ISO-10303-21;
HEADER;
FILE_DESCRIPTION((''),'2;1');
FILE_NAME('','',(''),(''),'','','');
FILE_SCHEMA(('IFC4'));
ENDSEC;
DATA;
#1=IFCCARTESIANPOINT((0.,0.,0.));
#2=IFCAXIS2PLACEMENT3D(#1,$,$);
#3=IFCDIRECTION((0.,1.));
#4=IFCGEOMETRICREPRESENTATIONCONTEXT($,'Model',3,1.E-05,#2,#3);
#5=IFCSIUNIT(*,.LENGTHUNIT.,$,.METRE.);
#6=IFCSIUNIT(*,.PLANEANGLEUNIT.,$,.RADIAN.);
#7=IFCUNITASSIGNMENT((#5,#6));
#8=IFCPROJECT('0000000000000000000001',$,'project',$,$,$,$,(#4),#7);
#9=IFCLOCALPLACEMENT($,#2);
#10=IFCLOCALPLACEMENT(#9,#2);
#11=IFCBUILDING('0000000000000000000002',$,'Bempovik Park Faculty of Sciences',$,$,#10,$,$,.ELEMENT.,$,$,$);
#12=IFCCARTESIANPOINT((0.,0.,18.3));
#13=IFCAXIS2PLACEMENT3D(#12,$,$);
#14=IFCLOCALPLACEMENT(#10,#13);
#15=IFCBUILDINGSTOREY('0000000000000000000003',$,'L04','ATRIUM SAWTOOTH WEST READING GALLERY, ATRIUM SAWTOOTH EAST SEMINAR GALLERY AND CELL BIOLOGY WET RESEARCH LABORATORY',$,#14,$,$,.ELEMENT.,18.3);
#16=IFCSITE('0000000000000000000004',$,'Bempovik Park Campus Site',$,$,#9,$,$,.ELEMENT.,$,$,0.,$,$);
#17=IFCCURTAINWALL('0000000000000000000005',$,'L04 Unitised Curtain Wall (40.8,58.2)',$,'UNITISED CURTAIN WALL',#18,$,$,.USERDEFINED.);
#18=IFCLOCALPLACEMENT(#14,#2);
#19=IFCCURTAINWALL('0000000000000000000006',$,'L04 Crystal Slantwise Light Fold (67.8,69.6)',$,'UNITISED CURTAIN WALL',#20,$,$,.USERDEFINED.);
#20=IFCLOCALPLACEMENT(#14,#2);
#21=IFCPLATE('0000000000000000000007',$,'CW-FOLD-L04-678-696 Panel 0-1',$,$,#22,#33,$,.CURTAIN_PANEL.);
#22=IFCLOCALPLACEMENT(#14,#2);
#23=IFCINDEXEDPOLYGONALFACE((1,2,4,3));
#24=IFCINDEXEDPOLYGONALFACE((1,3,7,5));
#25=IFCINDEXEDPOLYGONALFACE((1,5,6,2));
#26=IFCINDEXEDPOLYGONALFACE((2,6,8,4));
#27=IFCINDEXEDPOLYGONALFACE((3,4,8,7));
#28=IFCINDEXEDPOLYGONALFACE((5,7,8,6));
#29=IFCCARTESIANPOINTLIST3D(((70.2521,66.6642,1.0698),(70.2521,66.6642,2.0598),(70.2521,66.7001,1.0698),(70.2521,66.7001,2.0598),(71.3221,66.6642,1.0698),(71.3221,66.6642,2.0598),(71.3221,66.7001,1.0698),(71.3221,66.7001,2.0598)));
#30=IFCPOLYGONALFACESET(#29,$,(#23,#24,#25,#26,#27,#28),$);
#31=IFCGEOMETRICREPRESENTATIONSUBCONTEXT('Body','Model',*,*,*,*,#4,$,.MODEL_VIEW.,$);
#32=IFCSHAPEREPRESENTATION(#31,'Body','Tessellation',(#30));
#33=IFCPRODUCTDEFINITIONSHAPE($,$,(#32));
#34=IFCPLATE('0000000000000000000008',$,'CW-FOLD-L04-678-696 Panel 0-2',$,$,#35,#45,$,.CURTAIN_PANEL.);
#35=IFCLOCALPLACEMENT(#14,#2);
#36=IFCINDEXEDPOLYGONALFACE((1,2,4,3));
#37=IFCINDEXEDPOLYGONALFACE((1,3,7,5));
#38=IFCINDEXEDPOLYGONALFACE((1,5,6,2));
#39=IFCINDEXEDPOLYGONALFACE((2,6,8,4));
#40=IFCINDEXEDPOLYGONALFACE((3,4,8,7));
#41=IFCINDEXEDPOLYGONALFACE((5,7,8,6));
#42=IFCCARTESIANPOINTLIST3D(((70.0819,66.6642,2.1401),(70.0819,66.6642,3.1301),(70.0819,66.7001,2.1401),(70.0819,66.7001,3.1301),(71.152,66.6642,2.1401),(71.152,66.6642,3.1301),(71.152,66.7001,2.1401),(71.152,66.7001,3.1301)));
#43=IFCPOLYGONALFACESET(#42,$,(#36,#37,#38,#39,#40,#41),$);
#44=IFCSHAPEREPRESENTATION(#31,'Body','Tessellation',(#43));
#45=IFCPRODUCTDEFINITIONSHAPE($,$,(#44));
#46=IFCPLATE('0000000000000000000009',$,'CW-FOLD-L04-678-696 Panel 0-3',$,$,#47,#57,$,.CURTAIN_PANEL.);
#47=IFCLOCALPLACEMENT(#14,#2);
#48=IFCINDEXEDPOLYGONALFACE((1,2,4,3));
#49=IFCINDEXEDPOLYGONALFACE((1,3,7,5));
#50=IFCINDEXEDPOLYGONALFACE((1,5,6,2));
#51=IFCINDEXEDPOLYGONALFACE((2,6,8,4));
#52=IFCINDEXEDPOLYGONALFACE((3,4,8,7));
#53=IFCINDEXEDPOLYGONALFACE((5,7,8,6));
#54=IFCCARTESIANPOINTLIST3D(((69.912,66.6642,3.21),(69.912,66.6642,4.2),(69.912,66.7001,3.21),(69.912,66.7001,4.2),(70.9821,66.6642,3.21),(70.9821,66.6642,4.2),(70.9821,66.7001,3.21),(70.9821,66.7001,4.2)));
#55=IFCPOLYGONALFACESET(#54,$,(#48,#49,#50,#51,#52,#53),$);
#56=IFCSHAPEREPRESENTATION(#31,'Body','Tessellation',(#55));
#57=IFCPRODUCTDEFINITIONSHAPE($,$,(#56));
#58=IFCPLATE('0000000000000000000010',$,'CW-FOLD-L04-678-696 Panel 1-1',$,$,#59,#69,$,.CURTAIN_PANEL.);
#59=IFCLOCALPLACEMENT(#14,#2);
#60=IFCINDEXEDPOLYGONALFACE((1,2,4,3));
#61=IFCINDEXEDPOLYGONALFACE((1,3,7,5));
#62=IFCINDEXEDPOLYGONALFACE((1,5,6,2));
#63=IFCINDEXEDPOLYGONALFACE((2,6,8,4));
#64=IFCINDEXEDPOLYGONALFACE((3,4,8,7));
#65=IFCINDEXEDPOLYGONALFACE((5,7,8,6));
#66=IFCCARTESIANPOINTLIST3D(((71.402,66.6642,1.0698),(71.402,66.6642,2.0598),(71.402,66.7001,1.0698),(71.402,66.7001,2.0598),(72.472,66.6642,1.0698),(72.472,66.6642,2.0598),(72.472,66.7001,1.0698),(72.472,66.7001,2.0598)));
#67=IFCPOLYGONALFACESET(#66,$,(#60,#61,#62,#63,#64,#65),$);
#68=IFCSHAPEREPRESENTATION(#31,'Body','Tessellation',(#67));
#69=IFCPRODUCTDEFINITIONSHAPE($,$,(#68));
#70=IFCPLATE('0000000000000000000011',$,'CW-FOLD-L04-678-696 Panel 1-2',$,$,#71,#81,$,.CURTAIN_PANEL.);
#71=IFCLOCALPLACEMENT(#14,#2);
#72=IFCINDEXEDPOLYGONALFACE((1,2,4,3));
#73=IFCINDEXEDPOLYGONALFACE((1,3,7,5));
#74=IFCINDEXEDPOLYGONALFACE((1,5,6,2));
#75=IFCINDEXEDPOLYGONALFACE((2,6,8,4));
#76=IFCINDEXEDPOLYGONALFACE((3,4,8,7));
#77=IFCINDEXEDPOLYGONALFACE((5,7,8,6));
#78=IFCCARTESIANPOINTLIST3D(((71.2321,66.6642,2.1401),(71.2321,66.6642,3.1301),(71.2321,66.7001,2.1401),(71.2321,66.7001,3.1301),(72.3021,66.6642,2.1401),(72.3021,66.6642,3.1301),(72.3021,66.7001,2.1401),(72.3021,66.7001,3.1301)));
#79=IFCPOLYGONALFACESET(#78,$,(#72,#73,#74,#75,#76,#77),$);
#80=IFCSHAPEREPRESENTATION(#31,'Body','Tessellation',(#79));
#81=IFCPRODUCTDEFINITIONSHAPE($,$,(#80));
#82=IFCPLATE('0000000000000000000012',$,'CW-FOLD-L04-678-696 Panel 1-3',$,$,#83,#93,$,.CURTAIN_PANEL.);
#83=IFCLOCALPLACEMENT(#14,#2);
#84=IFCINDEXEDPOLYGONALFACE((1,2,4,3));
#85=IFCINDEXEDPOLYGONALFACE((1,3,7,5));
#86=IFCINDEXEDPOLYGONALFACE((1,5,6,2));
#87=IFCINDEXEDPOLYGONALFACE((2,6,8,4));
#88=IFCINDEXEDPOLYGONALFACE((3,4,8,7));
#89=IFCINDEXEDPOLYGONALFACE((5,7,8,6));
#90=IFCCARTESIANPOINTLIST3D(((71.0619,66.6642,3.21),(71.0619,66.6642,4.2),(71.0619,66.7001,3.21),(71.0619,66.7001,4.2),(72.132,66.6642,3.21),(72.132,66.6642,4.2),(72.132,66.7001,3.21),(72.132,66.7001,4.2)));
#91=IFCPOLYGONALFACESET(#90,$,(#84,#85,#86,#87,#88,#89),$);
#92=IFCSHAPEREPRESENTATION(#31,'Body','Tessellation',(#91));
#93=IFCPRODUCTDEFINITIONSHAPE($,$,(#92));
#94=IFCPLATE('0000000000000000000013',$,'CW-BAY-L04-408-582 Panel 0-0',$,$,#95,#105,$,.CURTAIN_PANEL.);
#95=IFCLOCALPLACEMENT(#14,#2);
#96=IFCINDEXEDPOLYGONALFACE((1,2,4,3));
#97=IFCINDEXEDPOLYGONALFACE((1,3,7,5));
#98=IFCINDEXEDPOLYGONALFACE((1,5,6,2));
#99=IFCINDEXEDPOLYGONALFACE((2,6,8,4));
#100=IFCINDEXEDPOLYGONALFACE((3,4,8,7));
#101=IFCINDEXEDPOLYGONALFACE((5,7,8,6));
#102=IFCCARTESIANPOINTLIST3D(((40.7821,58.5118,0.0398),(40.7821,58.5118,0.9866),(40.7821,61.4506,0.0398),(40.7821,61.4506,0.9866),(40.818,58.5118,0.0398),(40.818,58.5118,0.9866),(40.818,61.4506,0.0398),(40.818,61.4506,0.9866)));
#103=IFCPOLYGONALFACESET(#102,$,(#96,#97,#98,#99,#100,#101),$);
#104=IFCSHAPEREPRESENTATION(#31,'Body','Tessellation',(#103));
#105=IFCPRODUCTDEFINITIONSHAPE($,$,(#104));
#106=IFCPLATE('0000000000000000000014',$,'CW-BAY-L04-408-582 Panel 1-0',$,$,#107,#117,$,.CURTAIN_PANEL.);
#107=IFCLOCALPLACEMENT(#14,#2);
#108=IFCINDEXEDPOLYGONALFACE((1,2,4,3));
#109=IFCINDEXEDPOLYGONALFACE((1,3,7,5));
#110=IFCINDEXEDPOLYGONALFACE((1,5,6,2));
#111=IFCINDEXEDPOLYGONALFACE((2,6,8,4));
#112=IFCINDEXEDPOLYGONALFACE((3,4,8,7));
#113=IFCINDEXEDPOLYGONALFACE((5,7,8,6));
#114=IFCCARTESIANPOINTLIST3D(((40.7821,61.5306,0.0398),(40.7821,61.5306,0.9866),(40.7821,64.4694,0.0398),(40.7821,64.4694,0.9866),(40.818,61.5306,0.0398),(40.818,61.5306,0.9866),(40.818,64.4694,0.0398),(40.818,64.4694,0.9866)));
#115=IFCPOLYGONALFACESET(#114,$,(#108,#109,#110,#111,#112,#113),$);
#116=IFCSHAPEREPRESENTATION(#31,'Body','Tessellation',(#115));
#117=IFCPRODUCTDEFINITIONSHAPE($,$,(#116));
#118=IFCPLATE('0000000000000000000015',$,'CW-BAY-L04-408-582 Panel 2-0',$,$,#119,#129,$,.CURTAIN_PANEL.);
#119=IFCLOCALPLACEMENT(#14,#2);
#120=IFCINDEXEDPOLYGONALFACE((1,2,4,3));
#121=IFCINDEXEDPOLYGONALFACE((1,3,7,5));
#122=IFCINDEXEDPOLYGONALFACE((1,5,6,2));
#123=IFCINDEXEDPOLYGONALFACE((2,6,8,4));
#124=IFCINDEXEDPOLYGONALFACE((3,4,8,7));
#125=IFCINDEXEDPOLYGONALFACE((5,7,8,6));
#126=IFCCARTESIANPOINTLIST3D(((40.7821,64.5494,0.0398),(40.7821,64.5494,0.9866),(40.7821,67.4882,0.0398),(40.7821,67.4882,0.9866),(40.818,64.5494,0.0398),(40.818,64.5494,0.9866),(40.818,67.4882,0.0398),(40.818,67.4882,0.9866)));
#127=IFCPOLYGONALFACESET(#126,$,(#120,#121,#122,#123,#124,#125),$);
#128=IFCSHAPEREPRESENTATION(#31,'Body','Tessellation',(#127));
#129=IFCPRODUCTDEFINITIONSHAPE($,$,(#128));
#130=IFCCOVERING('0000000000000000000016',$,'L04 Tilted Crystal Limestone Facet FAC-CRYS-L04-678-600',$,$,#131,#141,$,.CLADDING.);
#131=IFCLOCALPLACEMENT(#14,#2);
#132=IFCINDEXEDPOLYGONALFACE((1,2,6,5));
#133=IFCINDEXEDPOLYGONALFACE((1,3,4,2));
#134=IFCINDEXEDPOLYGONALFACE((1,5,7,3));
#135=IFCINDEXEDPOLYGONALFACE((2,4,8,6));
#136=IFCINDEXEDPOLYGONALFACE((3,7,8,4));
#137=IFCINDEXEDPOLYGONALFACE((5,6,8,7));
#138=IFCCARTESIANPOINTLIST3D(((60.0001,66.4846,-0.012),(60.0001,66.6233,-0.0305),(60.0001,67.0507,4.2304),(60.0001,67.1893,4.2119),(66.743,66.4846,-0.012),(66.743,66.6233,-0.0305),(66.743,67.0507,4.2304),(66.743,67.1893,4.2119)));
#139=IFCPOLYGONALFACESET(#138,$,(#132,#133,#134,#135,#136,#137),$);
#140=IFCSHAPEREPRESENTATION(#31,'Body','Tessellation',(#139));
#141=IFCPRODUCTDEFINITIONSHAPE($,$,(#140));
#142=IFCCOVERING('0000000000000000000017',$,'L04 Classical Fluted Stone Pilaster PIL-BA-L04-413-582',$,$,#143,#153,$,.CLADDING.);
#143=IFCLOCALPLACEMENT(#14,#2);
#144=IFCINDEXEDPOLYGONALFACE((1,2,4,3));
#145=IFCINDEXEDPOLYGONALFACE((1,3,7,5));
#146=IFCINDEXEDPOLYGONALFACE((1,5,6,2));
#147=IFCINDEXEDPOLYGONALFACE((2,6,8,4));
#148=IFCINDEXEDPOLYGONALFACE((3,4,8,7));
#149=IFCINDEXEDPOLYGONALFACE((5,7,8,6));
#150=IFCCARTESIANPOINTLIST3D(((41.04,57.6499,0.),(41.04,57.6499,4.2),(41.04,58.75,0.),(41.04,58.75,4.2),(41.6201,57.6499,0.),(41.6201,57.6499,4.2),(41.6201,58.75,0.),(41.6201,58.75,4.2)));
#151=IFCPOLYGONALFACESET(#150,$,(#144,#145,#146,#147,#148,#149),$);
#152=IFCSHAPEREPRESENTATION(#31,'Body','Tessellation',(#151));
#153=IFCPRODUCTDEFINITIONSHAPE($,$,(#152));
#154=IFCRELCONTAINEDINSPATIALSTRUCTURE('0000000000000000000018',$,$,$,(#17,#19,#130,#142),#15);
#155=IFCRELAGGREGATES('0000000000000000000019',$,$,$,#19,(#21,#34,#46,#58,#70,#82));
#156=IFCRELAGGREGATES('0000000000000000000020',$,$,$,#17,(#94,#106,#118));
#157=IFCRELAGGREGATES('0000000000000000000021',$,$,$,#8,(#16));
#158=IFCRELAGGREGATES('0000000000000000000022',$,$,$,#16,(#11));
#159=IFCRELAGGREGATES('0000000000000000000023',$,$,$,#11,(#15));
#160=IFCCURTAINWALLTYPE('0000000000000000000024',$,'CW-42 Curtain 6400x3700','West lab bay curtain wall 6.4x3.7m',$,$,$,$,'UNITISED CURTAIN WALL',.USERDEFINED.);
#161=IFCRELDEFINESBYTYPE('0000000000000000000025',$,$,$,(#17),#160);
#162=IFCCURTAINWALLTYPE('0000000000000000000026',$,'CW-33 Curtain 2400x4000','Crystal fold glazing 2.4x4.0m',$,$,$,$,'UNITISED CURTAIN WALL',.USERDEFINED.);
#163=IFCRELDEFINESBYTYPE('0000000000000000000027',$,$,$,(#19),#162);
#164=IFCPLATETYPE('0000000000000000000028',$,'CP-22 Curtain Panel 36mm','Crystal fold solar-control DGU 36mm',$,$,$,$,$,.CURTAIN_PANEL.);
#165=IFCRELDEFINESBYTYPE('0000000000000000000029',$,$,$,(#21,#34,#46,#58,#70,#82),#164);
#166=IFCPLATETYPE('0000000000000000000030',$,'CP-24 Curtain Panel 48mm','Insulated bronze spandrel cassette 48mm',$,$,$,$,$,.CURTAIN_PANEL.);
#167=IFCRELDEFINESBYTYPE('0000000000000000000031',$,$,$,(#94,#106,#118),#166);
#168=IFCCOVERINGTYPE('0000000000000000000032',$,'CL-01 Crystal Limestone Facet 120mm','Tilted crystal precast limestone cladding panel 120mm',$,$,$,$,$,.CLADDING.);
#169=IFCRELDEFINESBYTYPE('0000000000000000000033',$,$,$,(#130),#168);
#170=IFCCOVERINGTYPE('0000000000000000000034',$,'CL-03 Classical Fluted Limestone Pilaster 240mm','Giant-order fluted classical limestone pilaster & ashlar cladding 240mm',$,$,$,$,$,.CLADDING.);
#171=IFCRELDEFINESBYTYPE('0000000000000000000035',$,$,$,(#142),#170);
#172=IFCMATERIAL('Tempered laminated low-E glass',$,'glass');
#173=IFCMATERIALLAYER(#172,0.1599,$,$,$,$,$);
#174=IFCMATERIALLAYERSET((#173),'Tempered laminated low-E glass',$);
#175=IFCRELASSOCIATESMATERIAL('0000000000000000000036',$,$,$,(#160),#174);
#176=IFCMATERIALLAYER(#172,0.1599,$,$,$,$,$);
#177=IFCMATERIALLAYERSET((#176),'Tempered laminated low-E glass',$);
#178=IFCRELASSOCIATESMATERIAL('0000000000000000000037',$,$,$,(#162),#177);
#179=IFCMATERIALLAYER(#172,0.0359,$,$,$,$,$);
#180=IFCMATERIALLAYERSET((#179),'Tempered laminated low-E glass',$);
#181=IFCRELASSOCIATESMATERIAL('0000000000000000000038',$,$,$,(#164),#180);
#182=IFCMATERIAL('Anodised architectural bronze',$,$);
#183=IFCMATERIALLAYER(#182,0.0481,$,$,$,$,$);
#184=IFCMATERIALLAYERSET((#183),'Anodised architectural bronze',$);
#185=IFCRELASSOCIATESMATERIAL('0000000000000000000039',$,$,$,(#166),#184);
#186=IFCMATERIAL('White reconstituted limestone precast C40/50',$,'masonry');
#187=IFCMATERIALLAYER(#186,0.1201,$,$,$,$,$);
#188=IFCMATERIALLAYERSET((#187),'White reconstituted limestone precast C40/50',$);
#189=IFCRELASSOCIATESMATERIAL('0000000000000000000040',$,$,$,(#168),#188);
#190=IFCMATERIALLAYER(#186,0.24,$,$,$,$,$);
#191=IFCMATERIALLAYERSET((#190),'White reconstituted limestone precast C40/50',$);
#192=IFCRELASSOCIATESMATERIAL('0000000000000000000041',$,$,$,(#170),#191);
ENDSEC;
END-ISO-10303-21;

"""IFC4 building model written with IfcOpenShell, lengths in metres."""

from ifc_helpers import new_model, si_unit, direction, frame, origin, origin_2d, place, context, subcontext, project, spatial, rectangle, extrude, material, layer, layer_set, type_object, element, aggregate, save


model = new_model("IFC4")

# Units and contexts
model_context = context("Model", 3, precision=1e-05, world=origin(), true_north=direction((0.0, 1.0)))
body_context = subcontext(model_context, "Body", "Model", "MODEL_VIEW")
ifc_project = project(units=[si_unit("LENGTHUNIT", "METRE"), si_unit("PLANEANGLEUNIT", "RADIAN")], contexts=[model_context])

# Site, building, storey
site_placement = place(None, origin())
site = spatial("IfcSite", under=ifc_project, at=site_placement, Name="Bempovik Park Campus Site", CompositionType="ELEMENT", RefElevation=0.0)
building_placement = place(site_placement, origin())
building = spatial("IfcBuilding", under=site, at=building_placement, Name="Bempovik Park Faculty of Sciences", CompositionType="ELEMENT")
storey_placement = place(building_placement, frame((0.0, 0.0, 18.3)))
storey = spatial("IfcBuildingStorey", under=building, at=storey_placement, Name="L04", Description="ATRIUM SAWTOOTH WEST READING GALLERY, ATRIUM SAWTOOTH EAST SEMINAR GALLERY AND CELL BIOLOGY WET RESEARCH LABORATORY", CompositionType="ELEMENT", Elevation=18.3)

# Curtain wall
ifc_material_1 = material(Name="Tempered laminated low-E glass", Category="glass")
ifc_layer_1 = layer(ifc_material_1, 0.1599)
ifc_layer_set_1 = layer_set([ifc_layer_1], Name="Tempered laminated low-E glass")
curtain_wall_type_1 = type_object("IfcCurtainWallType", Name="CW-42 Curtain 6400x3700", Description="West lab bay curtain wall 6.4x3.7m", ElementType="UNITISED CURTAIN WALL", PredefinedType="USERDEFINED", material=ifc_layer_set_1)
curtain_wall_1_placement = place(storey_placement, origin())
curtain_wall_1 = element("IfcCurtainWall", 1, at=curtain_wall_1_placement, inside=storey, type_object=curtain_wall_type_1, Name="L04 Unitised Curtain Wall (40.8,58.2)", ObjectType="UNITISED CURTAIN WALL", PredefinedType="USERDEFINED")

# Shared definitions
ifc_layer_2 = layer(ifc_material_1, 0.1599)
ifc_layer_set_2 = layer_set([ifc_layer_2], Name="Tempered laminated low-E glass")
curtain_wall_type_2 = type_object("IfcCurtainWallType", Name="CW-33 Curtain 2400x4000", Description="Crystal fold glazing 2.4x4.0m", ElementType="UNITISED CURTAIN WALL", PredefinedType="USERDEFINED", material=ifc_layer_set_2)

# Curtain wall
curtain_wall_2_placement = place(storey_placement, origin())
curtain_wall_2 = element("IfcCurtainWall", 2, at=curtain_wall_2_placement, inside=storey, type_object=curtain_wall_type_2, Name="L04 Crystal Slantwise Light Fold (67.8,69.6)", ObjectType="UNITISED CURTAIN WALL", PredefinedType="USERDEFINED")

# Plates
ifc_layer_3 = layer(ifc_material_1, 0.0359)
ifc_layer_set_3 = layer_set([ifc_layer_3], Name="Tempered laminated low-E glass")
plate_type_1 = type_object("IfcPlateType", Name="CP-22 Curtain Panel 36mm", Description="Crystal fold solar-control DGU 36mm", PredefinedType="CURTAIN_PANEL", material=ifc_layer_set_3)
plate_1_placement = place(storey_placement, frame((70.7871, 66.6821, 1.0698), z_axis=(0.0, 0.0, 1.0), x_axis=(1.0, 0.0, 0.0)))
plate_1 = element("IfcPlate", 3, at=plate_1_placement, type_object=plate_type_1, Name="CW-FOLD-L04-678-696 Panel 0-1", PredefinedType="CURTAIN_PANEL", context=body_context, shape_type="SweptSolid", body=[
    extrude(rectangle(XDim=1.0701, YDim=0.0359, at=origin_2d()), origin(), (0.0, 0.0, 1.0), 0.99),
])
plate_2_placement = place(storey_placement, frame((70.6169, 66.6821, 2.1401), z_axis=(0.0, 0.0, 1.0), x_axis=(1.0, 0.0, 0.0)))
plate_2 = element("IfcPlate", 4, at=plate_2_placement, type_object=plate_type_1, Name="CW-FOLD-L04-678-696 Panel 0-2", PredefinedType="CURTAIN_PANEL", context=body_context, shape_type="SweptSolid", body=[
    extrude(rectangle(XDim=1.0701, YDim=0.0359, at=origin_2d()), origin(), (0.0, 0.0, 1.0), 0.99),
])
plate_3_placement = place(storey_placement, frame((70.447, 66.6821, 3.21), z_axis=(0.0, 0.0, 1.0), x_axis=(1.0, 0.0, 0.0)))
plate_3 = element("IfcPlate", 5, at=plate_3_placement, type_object=plate_type_1, Name="CW-FOLD-L04-678-696 Panel 0-3", PredefinedType="CURTAIN_PANEL", context=body_context, shape_type="SweptSolid", body=[
    extrude(rectangle(XDim=1.0701, YDim=0.0359, at=origin_2d()), origin(), (0.0, 0.0, 1.0), 0.99),
])
plate_4_placement = place(storey_placement, frame((71.937, 66.6821, 1.0698), z_axis=(0.0, 0.0, 1.0), x_axis=(1.0, 0.0, 0.0)))
plate_4 = element("IfcPlate", 6, at=plate_4_placement, type_object=plate_type_1, Name="CW-FOLD-L04-678-696 Panel 1-1", PredefinedType="CURTAIN_PANEL", context=body_context, shape_type="SweptSolid", body=[
    extrude(rectangle(XDim=1.0701, YDim=0.0359, at=origin_2d()), origin(), (0.0, 0.0, 1.0), 0.99),
])
plate_5_placement = place(storey_placement, frame((71.7671, 66.6821, 2.1401), z_axis=(0.0, 0.0, 1.0), x_axis=(1.0, 0.0, 0.0)))
plate_5 = element("IfcPlate", 7, at=plate_5_placement, type_object=plate_type_1, Name="CW-FOLD-L04-678-696 Panel 1-2", PredefinedType="CURTAIN_PANEL", context=body_context, shape_type="SweptSolid", body=[
    extrude(rectangle(XDim=1.0701, YDim=0.0359, at=origin_2d()), origin(), (0.0, 0.0, 1.0), 0.99),
])
plate_6_placement = place(storey_placement, frame((71.5969, 66.6821, 3.21), z_axis=(0.0, 0.0, 1.0), x_axis=(1.0, 0.0, 0.0)))
plate_6 = element("IfcPlate", 8, at=plate_6_placement, type_object=plate_type_1, Name="CW-FOLD-L04-678-696 Panel 1-3", PredefinedType="CURTAIN_PANEL", context=body_context, shape_type="SweptSolid", body=[
    extrude(rectangle(XDim=1.0701, YDim=0.0359, at=origin_2d()), origin(), (0.0, 0.0, 1.0), 0.99),
])
aggregate(curtain_wall_2, [plate_1, plate_2, plate_3, plate_4, plate_5, plate_6])
ifc_material_2 = material(Name="Anodised architectural bronze")
ifc_layer_4 = layer(ifc_material_2, 0.0481)
ifc_layer_set_4 = layer_set([ifc_layer_4], Name="Anodised architectural bronze")
plate_type_2 = type_object("IfcPlateType", Name="CP-24 Curtain Panel 48mm", Description="Insulated bronze spandrel cassette 48mm", PredefinedType="CURTAIN_PANEL", material=ifc_layer_set_4)
plate_7_placement = place(storey_placement, frame((40.8, 59.9812, 0.0398), z_axis=(0.0, 0.0, 1.0), x_axis=(0.0, 1.0, 0.0)))
plate_7 = element("IfcPlate", 9, at=plate_7_placement, type_object=plate_type_2, Name="CW-BAY-L04-408-582 Panel 0-0", PredefinedType="CURTAIN_PANEL", context=body_context, shape_type="SweptSolid", body=[
    extrude(rectangle(XDim=2.9387, YDim=0.0359, at=origin_2d()), origin(), (0.0, 0.0, 1.0), 0.9468),
])
plate_8_placement = place(storey_placement, frame((40.8, 63.0, 0.0398), z_axis=(0.0, 0.0, 1.0), x_axis=(0.0, 1.0, 0.0)))
plate_8 = element("IfcPlate", 10, at=plate_8_placement, type_object=plate_type_2, Name="CW-BAY-L04-408-582 Panel 1-0", PredefinedType="CURTAIN_PANEL", context=body_context, shape_type="SweptSolid", body=[
    extrude(rectangle(XDim=2.9387, YDim=0.0359, at=origin_2d()), origin(), (0.0, 0.0, 1.0), 0.9468),
])
plate_9_placement = place(storey_placement, frame((40.8, 66.0188, 0.0398), z_axis=(0.0, 0.0, 1.0), x_axis=(0.0, 1.0, 0.0)))
plate_9 = element("IfcPlate", 11, at=plate_9_placement, type_object=plate_type_2, Name="CW-BAY-L04-408-582 Panel 2-0", PredefinedType="CURTAIN_PANEL", context=body_context, shape_type="SweptSolid", body=[
    extrude(rectangle(XDim=2.9387, YDim=0.0359, at=origin_2d()), origin(), (0.0, 0.0, 1.0), 0.9468),
])
aggregate(curtain_wall_1, [plate_7, plate_8, plate_9])

# Coverings
ifc_material_3 = material(Name="White reconstituted limestone precast C40/50", Category="masonry")
ifc_layer_5 = layer(ifc_material_3, 0.1201)
ifc_layer_set_5 = layer_set([ifc_layer_5], Name="White reconstituted limestone precast C40/50")
covering_type_1 = type_object("IfcCoveringType", Name="CL-01 Crystal Limestone Facet 120mm", Description="Tilted crystal precast limestone cladding panel 120mm", PredefinedType="CLADDING", material=ifc_layer_set_5)
covering_1_placement = place(storey_placement, frame((63.3716, 66.554, -0.0212), z_axis=(0.0, 0.132256, 0.991216), x_axis=(1.0, 0.0, 0.0)))
element("IfcCovering", 12, at=covering_1_placement, inside=storey, type_object=covering_type_1, Name="L04 Tilted Crystal Limestone Facet FAC-CRYS-L04-678-600", PredefinedType="CLADDING", context=body_context, shape_type="SweptSolid", body=[
    extrude(rectangle(XDim=6.7429, YDim=0.1399, at=origin_2d()), origin(), (0.0, 0.0, 1.0), 4.28),
])
ifc_layer_6 = layer(ifc_material_3, 0.24)
ifc_layer_set_6 = layer_set([ifc_layer_6], Name="White reconstituted limestone precast C40/50")
covering_type_2 = type_object("IfcCoveringType", Name="CL-03 Classical Fluted Limestone Pilaster 240mm", Description="Giant-order fluted classical limestone pilaster & ashlar cladding 240mm", PredefinedType="CLADDING", material=ifc_layer_set_6)
covering_2_placement = place(storey_placement, frame((41.3301, 58.2, 0.0), z_axis=(0.0, 0.0, 1.0), x_axis=(1.0, 0.0, 0.0)))
element("IfcCovering", 13, at=covering_2_placement, inside=storey, type_object=covering_type_2, Name="L04 Classical Fluted Stone Pilaster PIL-BA-L04-413-582", PredefinedType="CLADDING", context=body_context, shape_type="SweptSolid", body=[
    extrude(rectangle(XDim=0.5801, YDim=1.1001, at=origin_2d()), origin(), (0.0, 0.0, 1.0), 4.2),
])

save(model, "model.ifc")
